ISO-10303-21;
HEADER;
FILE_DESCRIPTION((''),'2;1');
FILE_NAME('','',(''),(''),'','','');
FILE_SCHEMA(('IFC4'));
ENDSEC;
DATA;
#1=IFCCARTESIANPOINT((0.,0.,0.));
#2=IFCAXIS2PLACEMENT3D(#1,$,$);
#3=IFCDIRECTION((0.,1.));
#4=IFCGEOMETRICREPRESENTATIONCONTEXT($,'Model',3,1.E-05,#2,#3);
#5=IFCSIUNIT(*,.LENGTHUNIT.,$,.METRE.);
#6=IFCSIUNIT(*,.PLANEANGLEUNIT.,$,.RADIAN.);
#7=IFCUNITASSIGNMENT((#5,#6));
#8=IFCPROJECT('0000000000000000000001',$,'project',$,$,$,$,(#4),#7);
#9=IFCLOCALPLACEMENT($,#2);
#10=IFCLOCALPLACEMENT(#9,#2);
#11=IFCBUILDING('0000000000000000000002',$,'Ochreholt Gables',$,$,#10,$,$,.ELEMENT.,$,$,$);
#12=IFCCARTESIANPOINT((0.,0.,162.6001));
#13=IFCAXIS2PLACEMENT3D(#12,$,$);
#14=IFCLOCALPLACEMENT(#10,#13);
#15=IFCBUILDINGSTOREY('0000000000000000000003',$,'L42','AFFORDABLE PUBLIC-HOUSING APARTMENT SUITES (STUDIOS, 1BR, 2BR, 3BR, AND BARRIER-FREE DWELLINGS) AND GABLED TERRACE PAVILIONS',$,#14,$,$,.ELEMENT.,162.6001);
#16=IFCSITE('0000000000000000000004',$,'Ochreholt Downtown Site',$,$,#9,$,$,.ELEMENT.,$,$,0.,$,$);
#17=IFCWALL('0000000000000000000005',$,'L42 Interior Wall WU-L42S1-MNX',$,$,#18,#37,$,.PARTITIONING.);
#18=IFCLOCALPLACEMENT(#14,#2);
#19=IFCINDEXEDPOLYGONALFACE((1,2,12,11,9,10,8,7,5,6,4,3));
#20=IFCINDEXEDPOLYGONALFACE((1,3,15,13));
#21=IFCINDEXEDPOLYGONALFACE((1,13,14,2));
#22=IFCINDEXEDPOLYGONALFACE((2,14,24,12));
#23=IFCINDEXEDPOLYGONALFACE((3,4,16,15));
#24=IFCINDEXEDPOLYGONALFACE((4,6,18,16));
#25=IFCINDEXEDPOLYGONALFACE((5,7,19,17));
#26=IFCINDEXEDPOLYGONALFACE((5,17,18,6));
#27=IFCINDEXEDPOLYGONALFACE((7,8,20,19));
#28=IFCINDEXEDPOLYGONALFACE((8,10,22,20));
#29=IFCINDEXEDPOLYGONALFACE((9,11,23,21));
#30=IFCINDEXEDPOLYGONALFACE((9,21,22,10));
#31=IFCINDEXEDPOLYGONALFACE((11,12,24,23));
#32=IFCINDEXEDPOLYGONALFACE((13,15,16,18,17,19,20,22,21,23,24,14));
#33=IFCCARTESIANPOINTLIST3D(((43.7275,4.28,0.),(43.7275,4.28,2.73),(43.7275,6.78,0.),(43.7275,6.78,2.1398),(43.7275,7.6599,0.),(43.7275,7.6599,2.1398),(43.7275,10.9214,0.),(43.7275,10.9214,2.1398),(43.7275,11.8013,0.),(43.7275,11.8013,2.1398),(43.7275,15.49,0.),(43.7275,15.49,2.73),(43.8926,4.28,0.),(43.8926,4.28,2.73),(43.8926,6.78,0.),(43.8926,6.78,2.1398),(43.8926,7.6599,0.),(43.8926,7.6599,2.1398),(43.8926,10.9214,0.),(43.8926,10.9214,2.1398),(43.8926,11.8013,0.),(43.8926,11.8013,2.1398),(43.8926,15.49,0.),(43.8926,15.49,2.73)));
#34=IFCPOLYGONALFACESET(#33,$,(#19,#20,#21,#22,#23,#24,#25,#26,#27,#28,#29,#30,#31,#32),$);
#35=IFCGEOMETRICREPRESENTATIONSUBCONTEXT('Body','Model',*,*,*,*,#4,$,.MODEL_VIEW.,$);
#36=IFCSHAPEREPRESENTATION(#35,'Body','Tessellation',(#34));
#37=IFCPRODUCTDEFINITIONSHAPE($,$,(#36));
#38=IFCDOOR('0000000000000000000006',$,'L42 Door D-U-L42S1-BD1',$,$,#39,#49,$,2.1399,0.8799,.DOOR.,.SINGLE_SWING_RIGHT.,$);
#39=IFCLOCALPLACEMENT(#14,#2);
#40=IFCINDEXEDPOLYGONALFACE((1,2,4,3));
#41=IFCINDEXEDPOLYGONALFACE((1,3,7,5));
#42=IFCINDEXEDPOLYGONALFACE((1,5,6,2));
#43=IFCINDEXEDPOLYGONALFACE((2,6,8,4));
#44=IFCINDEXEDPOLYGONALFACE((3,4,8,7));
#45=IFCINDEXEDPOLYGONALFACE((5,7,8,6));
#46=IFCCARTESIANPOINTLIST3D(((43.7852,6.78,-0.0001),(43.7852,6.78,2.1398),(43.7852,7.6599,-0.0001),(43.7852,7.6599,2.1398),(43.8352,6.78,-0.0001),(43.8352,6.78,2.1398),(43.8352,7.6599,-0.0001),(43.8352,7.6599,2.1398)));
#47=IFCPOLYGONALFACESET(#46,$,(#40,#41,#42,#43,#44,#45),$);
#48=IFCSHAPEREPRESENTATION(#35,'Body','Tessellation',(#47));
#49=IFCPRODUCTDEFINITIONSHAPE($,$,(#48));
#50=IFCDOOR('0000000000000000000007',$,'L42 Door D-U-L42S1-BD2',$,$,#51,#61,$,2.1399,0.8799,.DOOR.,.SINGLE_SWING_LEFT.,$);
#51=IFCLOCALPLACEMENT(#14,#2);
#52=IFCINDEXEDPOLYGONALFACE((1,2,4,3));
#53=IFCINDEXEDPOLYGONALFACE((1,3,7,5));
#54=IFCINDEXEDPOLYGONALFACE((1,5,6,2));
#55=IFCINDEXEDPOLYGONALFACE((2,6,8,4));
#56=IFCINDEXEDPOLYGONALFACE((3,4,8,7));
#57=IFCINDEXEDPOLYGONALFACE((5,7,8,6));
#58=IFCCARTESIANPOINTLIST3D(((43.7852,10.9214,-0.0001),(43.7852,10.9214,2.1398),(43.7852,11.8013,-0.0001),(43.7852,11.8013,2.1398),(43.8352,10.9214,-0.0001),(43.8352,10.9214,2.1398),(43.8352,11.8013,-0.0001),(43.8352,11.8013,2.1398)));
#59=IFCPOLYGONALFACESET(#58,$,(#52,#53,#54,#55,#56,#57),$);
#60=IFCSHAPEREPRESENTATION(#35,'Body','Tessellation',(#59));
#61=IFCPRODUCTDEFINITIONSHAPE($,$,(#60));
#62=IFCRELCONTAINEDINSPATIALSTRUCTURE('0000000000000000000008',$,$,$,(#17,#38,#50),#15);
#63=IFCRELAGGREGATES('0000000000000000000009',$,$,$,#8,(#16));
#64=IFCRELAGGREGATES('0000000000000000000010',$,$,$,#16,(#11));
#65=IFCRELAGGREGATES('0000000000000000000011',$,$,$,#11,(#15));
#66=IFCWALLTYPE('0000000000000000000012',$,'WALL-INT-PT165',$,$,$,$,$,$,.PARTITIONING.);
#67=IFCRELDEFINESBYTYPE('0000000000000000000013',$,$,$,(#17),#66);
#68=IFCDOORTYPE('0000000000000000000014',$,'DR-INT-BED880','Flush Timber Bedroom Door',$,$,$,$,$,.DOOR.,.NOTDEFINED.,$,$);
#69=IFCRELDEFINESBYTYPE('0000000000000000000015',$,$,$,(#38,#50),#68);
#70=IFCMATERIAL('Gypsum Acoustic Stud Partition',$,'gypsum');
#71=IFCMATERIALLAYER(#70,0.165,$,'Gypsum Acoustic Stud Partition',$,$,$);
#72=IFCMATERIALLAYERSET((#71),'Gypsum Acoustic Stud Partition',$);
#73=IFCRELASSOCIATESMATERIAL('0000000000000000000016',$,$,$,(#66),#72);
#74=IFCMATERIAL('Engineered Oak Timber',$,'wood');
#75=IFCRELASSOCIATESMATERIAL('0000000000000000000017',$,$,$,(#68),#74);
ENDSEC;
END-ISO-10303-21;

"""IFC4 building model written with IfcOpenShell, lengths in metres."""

from ifc_helpers import new_model, si_unit, direction, frame, frame_2d, origin, place, context, subcontext, project, spatial, rectangle, extrude, material, layer, layer_set, type_object, element, fill, save


model = new_model("IFC4")

# Units and contexts
model_context = context("Model", 3, precision=1e-05, world=origin(), true_north=direction((0.0, 1.0)))
body_context = subcontext(model_context, "Body", "Model", "MODEL_VIEW")
ifc_project = project(units=[si_unit("LENGTHUNIT", "METRE"), si_unit("PLANEANGLEUNIT", "RADIAN")], contexts=[model_context])

# Site, building, storey
site_placement = place(None, origin())
site = spatial("IfcSite", under=ifc_project, at=site_placement, Name="Ochreholt Downtown Site", CompositionType="ELEMENT", RefElevation=0.0)
building_placement = place(site_placement, origin())
building = spatial("IfcBuilding", under=site, at=building_placement, Name="Ochreholt Gables", CompositionType="ELEMENT")
storey_placement = place(building_placement, frame((0.0, 0.0, 162.6001)))
storey = spatial("IfcBuildingStorey", under=building, at=storey_placement, Name="L42", Description="AFFORDABLE PUBLIC-HOUSING APARTMENT SUITES (STUDIOS, 1BR, 2BR, 3BR, AND BARRIER-FREE DWELLINGS) AND GABLED TERRACE PAVILIONS", CompositionType="ELEMENT", Elevation=162.6001)

# Shared definitions
ifc_material_1 = material(Name="Engineered Oak Timber", Category="wood")

# Shared definitions
ifc_material_2 = material(Name="Gypsum Acoustic Stud Partition", Category="gypsum")
ifc_layer_1 = layer(ifc_material_2, 0.165, Name="Gypsum Acoustic Stud Partition")
ifc_layer_set_1 = layer_set([ifc_layer_1], Name="Gypsum Acoustic Stud Partition")
wall_type_1 = type_object("IfcWallType", Name="WALL-INT-PT165", PredefinedType="PARTITIONING", material=ifc_layer_set_1)

# Wall, openings, doors
wall_1_placement = place(storey_placement, frame((43.8101, 4.28, 0.0), z_axis=(0.0, 0.0, 1.0), x_axis=(0.0, 1.0, 0.0)))
wall_1 = element("IfcWall", 1, at=wall_1_placement, inside=storey, type_object=wall_type_1, Name="L42 Interior Wall WU-L42S1-MNX", PredefinedType="PARTITIONING", context=body_context, shape_type="SweptSolid", body=[
    extrude(rectangle(XDim=11.21, YDim=0.165, at=frame_2d((5.605, 0.0))), origin(), (0.0, 0.0, 1.0), 2.73),
])
opening_1_placement = place(wall_1_placement, frame((2.5, 0.0, 0.0)))
opening_1 = element("IfcOpeningElement", 2, at=opening_1_placement, cuts=wall_1, PredefinedType="OPENING", context=body_context, shape_type="SweptSolid", body=[
    extrude(rectangle(XDim=0.8799, YDim=2.1399, at=frame_2d((0.4399, 1.0698))), frame((0.0, 0.0925, 0.0), z_axis=(0.0, -1.0, 0.0), x_axis=(1.0, 0.0, 0.0)), (0.0, 0.0, 1.0), 0.1851),
])
opening_2_placement = place(wall_1_placement, frame((6.6414, 0.0, 0.0)))
opening_2 = element("IfcOpeningElement", 3, at=opening_2_placement, cuts=wall_1, PredefinedType="OPENING", context=body_context, shape_type="SweptSolid", body=[
    extrude(rectangle(XDim=0.8799, YDim=2.1399, at=frame_2d((0.4399, 1.0698))), frame((0.0, 0.0925, 0.0), z_axis=(0.0, -1.0, 0.0), x_axis=(1.0, 0.0, 0.0)), (0.0, 0.0, 1.0), 0.1851),
])
door_type_1 = type_object("IfcDoorType", Name="DR-INT-BED880", Description="Flush Timber Bedroom Door", OperationType="NOTDEFINED", PredefinedType="DOOR", material=ifc_material_1)
door_1_placement = place(opening_1_placement, origin())
door_1 = element("IfcDoor", 4, at=door_1_placement, inside=storey, type_object=door_type_1, Name="L42 Door D-U-L42S1-BD1", OperationType="SINGLE_SWING_RIGHT", OverallHeight=2.1399, OverallWidth=0.8799, PredefinedType="DOOR", context=body_context, shape_type="SweptSolid", body=[
    extrude(rectangle(XDim=0.8799, YDim=2.1399, at=frame_2d((0.4399, 1.0698))), frame((0.0, 0.0249, 0.0), z_axis=(0.0, -1.0, 0.0), x_axis=(1.0, 0.0, 0.0)), (0.0, 0.0, 1.0), 0.05),
])
fill(opening_1, door_1)
door_2_placement = place(opening_2_placement, origin())
door_2 = element("IfcDoor", 5, at=door_2_placement, inside=storey, type_object=door_type_1, Name="L42 Door D-U-L42S1-BD2", OperationType="SINGLE_SWING_LEFT", OverallHeight=2.1399, OverallWidth=0.8799, PredefinedType="DOOR", context=body_context, shape_type="SweptSolid", body=[
    extrude(rectangle(XDim=0.8799, YDim=2.1399, at=frame_2d((0.4399, 1.0698))), frame((0.0, 0.0249, 0.0), z_axis=(0.0, -1.0, 0.0), x_axis=(1.0, 0.0, 0.0)), (0.0, 0.0, 1.0), 0.05),
])
fill(opening_2, door_2)

save(model, "model.ifc")
